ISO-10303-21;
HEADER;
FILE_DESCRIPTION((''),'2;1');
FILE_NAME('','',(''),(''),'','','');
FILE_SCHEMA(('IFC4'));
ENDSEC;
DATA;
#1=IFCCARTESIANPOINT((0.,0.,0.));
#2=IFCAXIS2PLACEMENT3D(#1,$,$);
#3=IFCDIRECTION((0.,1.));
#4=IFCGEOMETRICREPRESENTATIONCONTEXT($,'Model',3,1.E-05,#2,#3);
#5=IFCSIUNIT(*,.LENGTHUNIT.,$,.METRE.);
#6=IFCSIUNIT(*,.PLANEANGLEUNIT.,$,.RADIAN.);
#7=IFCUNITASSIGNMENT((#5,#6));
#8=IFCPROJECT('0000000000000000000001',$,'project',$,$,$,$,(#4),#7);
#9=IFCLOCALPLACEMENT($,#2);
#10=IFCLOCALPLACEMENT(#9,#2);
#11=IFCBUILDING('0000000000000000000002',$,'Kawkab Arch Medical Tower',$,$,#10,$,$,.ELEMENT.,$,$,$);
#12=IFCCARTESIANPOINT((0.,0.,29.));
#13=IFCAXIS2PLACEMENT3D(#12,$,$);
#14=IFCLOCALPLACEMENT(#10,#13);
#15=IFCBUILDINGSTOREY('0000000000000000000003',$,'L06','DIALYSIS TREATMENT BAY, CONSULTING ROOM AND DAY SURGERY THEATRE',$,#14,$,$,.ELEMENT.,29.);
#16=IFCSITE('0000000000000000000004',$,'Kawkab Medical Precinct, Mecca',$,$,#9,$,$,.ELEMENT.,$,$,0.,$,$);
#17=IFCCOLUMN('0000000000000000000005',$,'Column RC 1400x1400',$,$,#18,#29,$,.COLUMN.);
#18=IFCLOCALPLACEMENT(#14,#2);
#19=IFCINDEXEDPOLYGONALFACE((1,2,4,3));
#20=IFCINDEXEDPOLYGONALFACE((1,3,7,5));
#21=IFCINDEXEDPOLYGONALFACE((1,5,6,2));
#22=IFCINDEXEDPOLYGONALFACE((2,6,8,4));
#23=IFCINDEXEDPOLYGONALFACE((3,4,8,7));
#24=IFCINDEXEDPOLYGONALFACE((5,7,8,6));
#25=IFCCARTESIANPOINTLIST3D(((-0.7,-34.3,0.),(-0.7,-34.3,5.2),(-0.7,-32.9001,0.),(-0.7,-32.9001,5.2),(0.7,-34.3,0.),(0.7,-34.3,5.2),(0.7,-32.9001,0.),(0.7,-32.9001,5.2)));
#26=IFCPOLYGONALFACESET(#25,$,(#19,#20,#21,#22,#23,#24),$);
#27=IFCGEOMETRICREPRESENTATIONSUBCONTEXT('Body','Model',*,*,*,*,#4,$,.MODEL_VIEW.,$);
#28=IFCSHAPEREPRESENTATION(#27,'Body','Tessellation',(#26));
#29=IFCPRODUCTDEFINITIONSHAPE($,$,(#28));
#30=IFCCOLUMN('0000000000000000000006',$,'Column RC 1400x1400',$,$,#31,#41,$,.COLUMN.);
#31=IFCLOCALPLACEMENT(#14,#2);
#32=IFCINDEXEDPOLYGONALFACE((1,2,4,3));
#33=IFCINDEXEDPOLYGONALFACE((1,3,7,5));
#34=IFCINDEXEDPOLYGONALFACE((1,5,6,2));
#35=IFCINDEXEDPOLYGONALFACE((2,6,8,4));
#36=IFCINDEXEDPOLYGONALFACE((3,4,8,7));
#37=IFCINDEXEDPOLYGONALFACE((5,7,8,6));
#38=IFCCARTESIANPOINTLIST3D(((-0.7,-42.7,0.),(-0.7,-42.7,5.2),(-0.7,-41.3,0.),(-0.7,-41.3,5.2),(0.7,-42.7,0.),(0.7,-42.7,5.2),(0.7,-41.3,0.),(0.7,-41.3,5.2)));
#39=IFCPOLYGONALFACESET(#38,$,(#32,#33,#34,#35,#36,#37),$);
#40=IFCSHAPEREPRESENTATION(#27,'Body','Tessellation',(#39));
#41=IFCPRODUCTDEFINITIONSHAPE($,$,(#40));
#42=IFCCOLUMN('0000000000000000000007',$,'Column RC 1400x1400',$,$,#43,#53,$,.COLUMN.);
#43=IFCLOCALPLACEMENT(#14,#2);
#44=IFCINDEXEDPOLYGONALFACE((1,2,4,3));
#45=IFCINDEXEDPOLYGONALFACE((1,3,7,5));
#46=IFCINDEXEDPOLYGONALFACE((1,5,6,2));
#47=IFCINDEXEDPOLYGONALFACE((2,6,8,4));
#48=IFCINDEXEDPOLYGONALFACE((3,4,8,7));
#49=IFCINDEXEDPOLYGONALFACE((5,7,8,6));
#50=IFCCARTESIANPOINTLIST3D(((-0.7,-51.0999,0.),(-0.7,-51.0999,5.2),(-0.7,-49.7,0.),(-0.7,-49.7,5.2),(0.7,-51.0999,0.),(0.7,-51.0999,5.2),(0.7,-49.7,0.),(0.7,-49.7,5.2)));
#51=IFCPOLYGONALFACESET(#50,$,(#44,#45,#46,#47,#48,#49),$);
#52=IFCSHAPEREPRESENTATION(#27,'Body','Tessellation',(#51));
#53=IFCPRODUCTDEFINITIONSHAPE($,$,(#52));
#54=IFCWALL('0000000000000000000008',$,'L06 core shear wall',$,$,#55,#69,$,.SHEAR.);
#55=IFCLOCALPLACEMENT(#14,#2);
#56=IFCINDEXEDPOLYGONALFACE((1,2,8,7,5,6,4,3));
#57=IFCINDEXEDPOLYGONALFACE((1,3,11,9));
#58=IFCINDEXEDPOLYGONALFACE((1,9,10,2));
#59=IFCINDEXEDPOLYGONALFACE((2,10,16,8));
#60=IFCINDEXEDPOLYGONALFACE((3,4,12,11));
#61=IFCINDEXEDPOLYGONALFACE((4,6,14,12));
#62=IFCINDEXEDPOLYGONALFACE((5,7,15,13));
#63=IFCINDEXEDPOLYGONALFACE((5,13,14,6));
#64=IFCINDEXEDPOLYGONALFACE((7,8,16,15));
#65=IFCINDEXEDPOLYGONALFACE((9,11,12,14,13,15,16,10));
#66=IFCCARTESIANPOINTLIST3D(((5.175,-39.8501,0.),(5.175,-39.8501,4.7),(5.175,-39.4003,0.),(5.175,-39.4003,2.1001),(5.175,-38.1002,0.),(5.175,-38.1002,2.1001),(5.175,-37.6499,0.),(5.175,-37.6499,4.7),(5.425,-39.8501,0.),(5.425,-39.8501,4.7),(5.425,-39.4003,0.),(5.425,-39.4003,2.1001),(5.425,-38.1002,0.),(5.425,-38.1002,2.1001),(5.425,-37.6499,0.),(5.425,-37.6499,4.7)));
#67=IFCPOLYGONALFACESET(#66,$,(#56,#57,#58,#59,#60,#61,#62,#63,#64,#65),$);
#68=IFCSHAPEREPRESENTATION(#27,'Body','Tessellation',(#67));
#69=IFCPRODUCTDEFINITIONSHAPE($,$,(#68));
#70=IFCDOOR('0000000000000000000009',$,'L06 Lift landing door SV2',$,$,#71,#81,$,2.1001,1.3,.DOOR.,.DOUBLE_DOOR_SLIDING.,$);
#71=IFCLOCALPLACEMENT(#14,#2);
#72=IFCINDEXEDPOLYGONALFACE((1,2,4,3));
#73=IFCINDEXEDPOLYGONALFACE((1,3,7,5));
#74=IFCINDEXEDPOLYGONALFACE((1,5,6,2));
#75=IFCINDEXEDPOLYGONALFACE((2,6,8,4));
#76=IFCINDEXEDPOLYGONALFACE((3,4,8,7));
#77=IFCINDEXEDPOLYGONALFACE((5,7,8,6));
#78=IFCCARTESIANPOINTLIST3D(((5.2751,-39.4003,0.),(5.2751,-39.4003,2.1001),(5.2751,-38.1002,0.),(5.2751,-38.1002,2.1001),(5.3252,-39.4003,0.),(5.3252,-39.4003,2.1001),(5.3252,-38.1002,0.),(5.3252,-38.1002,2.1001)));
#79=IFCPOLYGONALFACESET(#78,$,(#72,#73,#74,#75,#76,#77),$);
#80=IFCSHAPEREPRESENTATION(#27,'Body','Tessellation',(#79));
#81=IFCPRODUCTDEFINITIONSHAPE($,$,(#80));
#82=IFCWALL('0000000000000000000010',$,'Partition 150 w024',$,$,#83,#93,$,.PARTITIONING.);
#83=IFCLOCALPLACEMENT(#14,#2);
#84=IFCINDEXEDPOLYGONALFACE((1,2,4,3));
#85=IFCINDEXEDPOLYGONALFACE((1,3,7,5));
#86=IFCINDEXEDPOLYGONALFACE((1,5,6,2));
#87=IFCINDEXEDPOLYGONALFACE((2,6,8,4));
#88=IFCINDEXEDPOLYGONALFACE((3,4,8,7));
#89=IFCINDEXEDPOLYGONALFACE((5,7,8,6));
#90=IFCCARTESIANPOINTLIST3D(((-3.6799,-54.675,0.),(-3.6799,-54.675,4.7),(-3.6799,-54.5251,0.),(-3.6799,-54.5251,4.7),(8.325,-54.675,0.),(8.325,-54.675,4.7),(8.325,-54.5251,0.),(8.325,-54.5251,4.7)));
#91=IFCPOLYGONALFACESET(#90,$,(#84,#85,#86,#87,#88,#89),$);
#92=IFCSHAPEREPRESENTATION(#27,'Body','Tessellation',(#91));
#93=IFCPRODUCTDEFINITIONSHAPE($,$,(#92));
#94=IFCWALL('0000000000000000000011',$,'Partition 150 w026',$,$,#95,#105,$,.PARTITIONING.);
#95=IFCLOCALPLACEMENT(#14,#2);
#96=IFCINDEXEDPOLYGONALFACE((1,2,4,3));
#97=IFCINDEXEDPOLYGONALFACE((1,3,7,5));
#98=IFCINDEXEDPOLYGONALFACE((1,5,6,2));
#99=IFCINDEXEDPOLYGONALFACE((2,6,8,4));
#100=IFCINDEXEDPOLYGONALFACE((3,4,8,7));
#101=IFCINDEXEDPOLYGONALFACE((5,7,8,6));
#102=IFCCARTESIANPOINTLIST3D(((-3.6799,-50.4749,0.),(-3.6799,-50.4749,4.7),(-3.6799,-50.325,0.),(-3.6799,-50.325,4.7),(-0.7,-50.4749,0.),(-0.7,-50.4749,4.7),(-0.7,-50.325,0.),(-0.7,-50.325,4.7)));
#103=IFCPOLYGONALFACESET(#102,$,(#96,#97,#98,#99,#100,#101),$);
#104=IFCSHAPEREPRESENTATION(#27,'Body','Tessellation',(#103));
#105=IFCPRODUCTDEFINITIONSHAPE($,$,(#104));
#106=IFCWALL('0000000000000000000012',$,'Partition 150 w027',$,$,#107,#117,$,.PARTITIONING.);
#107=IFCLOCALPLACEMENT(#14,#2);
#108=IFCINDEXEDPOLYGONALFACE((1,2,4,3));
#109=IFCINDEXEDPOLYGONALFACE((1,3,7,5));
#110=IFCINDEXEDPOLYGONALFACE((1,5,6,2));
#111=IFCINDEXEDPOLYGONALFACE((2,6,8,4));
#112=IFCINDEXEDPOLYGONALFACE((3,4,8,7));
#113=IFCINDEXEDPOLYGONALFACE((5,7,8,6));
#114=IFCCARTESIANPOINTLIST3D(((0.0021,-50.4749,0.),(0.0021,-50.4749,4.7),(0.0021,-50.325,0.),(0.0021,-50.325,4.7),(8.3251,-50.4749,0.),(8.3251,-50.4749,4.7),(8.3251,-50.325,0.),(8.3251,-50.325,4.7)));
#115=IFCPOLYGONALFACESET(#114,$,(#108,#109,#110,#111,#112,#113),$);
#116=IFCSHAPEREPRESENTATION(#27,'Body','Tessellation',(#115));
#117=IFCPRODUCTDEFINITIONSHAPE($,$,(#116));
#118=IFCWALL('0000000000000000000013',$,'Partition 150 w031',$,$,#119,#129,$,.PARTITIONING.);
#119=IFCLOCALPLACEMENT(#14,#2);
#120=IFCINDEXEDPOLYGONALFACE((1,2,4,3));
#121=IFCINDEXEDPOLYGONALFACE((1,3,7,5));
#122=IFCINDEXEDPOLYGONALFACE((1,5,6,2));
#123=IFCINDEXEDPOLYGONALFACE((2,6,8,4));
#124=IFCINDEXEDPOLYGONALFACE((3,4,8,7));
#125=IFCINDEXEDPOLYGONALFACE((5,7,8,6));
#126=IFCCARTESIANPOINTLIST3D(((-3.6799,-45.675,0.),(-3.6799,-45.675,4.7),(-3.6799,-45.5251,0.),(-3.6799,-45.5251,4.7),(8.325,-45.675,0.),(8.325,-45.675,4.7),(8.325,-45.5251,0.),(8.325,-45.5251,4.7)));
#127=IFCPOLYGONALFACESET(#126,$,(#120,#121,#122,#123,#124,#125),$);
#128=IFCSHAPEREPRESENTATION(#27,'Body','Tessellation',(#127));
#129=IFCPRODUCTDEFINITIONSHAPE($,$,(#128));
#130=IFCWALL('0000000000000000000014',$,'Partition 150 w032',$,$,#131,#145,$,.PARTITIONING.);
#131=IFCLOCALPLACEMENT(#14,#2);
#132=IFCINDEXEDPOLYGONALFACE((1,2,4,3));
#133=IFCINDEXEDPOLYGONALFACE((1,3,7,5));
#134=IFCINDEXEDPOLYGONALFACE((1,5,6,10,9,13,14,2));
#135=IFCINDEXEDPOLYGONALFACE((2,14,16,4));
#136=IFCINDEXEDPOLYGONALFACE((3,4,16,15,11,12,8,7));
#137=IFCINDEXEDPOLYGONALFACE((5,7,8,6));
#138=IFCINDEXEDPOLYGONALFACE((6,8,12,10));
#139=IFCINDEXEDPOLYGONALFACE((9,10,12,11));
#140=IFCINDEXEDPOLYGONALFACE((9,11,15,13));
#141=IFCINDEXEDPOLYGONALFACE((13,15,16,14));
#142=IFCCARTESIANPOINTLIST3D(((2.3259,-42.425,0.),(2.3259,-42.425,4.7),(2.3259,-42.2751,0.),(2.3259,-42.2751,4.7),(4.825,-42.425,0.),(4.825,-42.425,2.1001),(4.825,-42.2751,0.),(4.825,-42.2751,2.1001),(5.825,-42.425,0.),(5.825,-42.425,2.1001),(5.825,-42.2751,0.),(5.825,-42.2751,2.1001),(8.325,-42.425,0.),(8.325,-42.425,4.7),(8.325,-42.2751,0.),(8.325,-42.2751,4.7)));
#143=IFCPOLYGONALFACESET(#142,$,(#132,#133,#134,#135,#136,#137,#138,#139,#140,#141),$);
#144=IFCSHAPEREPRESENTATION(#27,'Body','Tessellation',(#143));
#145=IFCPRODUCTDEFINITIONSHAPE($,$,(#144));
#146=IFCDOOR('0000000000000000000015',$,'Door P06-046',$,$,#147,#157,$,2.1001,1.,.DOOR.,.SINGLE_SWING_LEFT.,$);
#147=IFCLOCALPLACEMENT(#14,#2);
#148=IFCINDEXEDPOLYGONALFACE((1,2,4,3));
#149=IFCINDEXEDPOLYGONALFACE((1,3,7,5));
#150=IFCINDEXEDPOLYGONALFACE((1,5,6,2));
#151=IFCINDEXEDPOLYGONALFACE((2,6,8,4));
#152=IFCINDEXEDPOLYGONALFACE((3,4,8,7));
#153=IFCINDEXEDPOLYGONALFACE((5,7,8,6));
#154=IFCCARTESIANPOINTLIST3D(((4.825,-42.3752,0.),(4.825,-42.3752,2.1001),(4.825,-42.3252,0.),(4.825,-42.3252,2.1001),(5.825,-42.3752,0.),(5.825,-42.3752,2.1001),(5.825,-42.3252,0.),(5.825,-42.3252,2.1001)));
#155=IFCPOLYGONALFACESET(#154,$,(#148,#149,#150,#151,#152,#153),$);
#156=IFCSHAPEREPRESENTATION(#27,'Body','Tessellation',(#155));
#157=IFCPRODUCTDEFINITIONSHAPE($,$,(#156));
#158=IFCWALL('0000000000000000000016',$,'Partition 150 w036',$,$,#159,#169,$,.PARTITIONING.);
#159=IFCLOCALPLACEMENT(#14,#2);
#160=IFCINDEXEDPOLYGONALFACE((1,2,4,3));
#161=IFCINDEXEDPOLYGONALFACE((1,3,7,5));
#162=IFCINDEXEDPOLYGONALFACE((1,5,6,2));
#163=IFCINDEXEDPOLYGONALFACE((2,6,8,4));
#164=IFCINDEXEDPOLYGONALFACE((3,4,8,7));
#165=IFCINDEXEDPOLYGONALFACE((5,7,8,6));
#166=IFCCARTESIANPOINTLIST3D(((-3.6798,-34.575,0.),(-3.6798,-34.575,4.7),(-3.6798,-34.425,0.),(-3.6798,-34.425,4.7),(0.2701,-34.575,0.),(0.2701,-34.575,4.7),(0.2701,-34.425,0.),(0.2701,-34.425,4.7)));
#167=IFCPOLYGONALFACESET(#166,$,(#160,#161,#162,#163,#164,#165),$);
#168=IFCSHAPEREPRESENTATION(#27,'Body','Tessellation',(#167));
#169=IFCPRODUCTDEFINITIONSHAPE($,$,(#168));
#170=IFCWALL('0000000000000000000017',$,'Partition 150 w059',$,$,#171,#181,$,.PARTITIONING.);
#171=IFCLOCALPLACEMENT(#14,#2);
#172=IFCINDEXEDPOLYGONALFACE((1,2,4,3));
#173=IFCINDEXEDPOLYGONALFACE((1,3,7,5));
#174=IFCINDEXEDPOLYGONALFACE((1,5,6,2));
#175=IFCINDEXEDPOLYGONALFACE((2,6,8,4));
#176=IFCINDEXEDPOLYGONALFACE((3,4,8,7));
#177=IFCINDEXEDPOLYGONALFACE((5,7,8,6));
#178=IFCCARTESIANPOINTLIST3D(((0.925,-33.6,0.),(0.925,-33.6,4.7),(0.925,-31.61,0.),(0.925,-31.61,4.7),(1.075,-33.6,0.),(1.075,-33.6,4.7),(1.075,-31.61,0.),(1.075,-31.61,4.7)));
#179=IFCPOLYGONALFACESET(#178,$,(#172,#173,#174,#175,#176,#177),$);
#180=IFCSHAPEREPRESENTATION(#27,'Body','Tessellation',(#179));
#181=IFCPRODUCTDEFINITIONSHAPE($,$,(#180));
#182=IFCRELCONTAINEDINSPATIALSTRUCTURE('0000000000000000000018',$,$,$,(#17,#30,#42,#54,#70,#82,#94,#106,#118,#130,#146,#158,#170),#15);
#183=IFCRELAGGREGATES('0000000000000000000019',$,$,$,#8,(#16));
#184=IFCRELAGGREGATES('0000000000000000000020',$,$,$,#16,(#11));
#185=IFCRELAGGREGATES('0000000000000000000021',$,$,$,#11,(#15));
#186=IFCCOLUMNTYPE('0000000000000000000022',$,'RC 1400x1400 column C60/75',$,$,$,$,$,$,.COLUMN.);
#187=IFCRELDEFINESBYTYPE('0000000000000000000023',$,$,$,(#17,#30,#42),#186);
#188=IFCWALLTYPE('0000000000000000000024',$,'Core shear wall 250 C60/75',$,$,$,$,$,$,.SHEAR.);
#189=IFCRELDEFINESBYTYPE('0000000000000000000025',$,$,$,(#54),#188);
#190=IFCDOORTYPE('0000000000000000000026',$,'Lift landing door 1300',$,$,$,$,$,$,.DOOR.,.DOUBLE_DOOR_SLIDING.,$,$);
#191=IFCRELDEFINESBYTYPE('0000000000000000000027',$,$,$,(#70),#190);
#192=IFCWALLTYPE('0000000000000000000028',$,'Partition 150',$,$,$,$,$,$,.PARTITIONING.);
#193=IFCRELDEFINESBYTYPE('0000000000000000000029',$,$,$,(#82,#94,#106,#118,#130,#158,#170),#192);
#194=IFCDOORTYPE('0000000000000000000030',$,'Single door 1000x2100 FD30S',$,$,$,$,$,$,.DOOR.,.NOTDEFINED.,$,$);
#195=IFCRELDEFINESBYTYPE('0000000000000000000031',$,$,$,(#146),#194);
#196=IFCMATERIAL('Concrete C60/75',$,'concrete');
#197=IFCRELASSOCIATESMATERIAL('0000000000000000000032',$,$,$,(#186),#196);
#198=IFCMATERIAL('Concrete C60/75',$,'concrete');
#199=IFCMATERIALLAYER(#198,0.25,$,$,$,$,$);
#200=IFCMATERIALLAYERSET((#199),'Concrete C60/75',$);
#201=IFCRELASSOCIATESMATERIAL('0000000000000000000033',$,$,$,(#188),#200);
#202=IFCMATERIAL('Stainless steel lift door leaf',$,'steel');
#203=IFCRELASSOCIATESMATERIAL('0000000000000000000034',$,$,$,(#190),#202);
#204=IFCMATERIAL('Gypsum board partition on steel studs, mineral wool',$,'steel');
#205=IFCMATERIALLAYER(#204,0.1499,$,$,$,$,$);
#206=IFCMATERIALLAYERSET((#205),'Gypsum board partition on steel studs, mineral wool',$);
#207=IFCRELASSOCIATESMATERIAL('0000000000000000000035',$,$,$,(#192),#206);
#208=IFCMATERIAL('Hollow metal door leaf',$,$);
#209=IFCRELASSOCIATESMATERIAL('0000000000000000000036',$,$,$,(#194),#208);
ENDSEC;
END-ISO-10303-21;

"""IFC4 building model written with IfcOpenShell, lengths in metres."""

from ifc_helpers import new_model, si_unit, direction, frame, frame_2d, origin, origin_2d, place, context, subcontext, project, spatial, rectangle, extrude, material, layer, layer_set, material_profile, profile_set, type_object, element, fill, save


model = new_model("IFC4")

# Units and contexts
model_context = context("Model", 3, precision=1e-05, world=origin(), true_north=direction((0.0, 1.0)))
body_context = subcontext(model_context, "Body", "Model", "MODEL_VIEW")
ifc_project = project(units=[si_unit("LENGTHUNIT", "METRE"), si_unit("PLANEANGLEUNIT", "RADIAN")], contexts=[model_context])

# Site, building, storey
site_placement = place(None, origin())
site = spatial("IfcSite", under=ifc_project, at=site_placement, Name="Kawkab Medical Precinct, Mecca", CompositionType="ELEMENT", RefElevation=0.0)
building_placement = place(site_placement, origin())
building = spatial("IfcBuilding", under=site, at=building_placement, Name="Kawkab Arch Medical Tower", CompositionType="ELEMENT")
storey_placement = place(building_placement, frame((0.0, 0.0, 29.0)))
storey = spatial("IfcBuildingStorey", under=building, at=storey_placement, Name="L06", Description="DIALYSIS TREATMENT BAY, CONSULTING ROOM AND DAY SURGERY THEATRE", CompositionType="ELEMENT", Elevation=29.0)

# Columns
ifc_material_1 = material(Name="Concrete C60/75", Category="concrete")
ifc_material_profile = material_profile(ifc_material_1, rectangle(XDim=1.3999, YDim=1.3999, at=origin_2d()), Name="RC 1400x1400")
ifc_profile_set = profile_set([ifc_material_profile], Name="Concrete C60/75")
column_type = type_object("IfcColumnType", Name="RC 1400x1400 column C60/75", PredefinedType="COLUMN", material=ifc_profile_set)
for number, where, z_axis, x_axis, name in (
    (1, (0.0, -33.6001, 0.0), (0.0, 0.0, 1.0), (1.0, 0.0, 0.0), "Column RC 1400x1400"),
    (2, (0.0, -42.0, 0.0), (0.0, 0.0, 1.0), (1.0, 0.0, 0.0), "Column RC 1400x1400"),
    (3, (0.0, -50.3999, 0.0), (0.0, 0.0, 1.0), (1.0, 0.0, 0.0), "Column RC 1400x1400"),
):
    element("IfcColumn", number, at=place(storey_placement, frame(where, z_axis=z_axis, x_axis=x_axis)), inside=storey, type_object=column_type, Name=name, PredefinedType="COLUMN", context=body_context, shape_type="SweptSolid", body=[
        extrude(rectangle(XDim=1.3999, YDim=1.3999, at=origin_2d()), origin(), (0.0, 0.0, 1.0), 5.2),
    ])

# Wall, opening, door
ifc_material_2 = material(Name="Concrete C60/75", Category="concrete")
ifc_layer_1 = layer(ifc_material_2, 0.25)
ifc_layer_set_1 = layer_set([ifc_layer_1], Name="Concrete C60/75")
wall_type_1 = type_object("IfcWallType", Name="Core shear wall 250 C60/75", PredefinedType="SHEAR", material=ifc_layer_set_1)
wall_1_placement = place(storey_placement, frame((5.3, -39.8501, 0.0), z_axis=(0.0, 0.0, 1.0), x_axis=(0.0, 1.0, 0.0)))
wall_1 = element("IfcWall", 4, at=wall_1_placement, inside=storey, type_object=wall_type_1, Name="L06 core shear wall", PredefinedType="SHEAR", context=body_context, shape_type="SweptSolid", body=[
    extrude(rectangle(XDim=2.2002, YDim=0.25, at=frame_2d((1.1001, 0.0))), origin(), (0.0, 0.0, 1.0), 4.7),
])
opening_1_placement = place(wall_1_placement, frame((0.45, 0.0, 0.0)))
opening_1 = element("IfcOpeningElement", 5, at=opening_1_placement, cuts=wall_1, PredefinedType="OPENING", context=body_context, shape_type="SweptSolid", body=[
    extrude(rectangle(XDim=1.3, YDim=2.1001, at=frame_2d((0.6499, 1.05))), frame((0.0, 0.135, 0.0), z_axis=(0.0, -1.0, 0.0), x_axis=(1.0, 0.0, 0.0)), (0.0, 0.0, 1.0), 0.27),
])
ifc_material_3 = material(Name="Stainless steel lift door leaf", Category="steel")
door_type_1 = type_object("IfcDoorType", Name="Lift landing door 1300", OperationType="DOUBLE_DOOR_SLIDING", PredefinedType="DOOR", material=ifc_material_3)
door_1_placement = place(opening_1_placement, origin())
door_1 = element("IfcDoor", 6, at=door_1_placement, inside=storey, type_object=door_type_1, Name="L06 Lift landing door SV2", OperationType="DOUBLE_DOOR_SLIDING", OverallHeight=2.1001, OverallWidth=1.3, PredefinedType="DOOR", context=body_context, shape_type="SweptSolid", body=[
    extrude(rectangle(XDim=1.3, YDim=2.1001, at=frame_2d((0.6499, 1.05))), frame((0.0, 0.0249, 0.0), z_axis=(0.0, -1.0, 0.0), x_axis=(1.0, 0.0, 0.0)), (0.0, 0.0, 1.0), 0.05),
])
fill(opening_1, door_1)

# Walls
ifc_material_4 = material(Name="Gypsum board partition on steel studs, mineral wool", Category="steel")
ifc_layer_2 = layer(ifc_material_4, 0.1499)
ifc_layer_set_2 = layer_set([ifc_layer_2], Name="Gypsum board partition on steel studs, mineral wool")
wall_type_2 = type_object("IfcWallType", Name="Partition 150", PredefinedType="PARTITIONING", material=ifc_layer_set_2)
wall_2_placement = place(storey_placement, frame((-3.6799, -54.6001, 0.0), z_axis=(0.0, 0.0, 1.0), x_axis=(1.0, 0.0, 0.0)))
element("IfcWall", 7, at=wall_2_placement, inside=storey, type_object=wall_type_2, Name="Partition 150 w024", PredefinedType="PARTITIONING", context=body_context, shape_type="SweptSolid", body=[
    extrude(rectangle(XDim=12.0049, YDim=0.1499, at=frame_2d((6.0024, 0.0))), origin(), (0.0, 0.0, 1.0), 4.7),
])
wall_3_placement = place(storey_placement, frame((-3.6799, -50.3999, 0.0), z_axis=(0.0, 0.0, 1.0), x_axis=(1.0, 0.0, 0.0)))
element("IfcWall", 8, at=wall_3_placement, inside=storey, type_object=wall_type_2, Name="Partition 150 w026", PredefinedType="PARTITIONING", context=body_context, shape_type="SweptSolid", body=[
    extrude(rectangle(XDim=2.98, YDim=0.1499, at=frame_2d((1.49, 0.0))), origin(), (0.0, 0.0, 1.0), 4.7),
])
wall_4_placement = place(storey_placement, frame((0.002, -50.3999, 0.0), z_axis=(0.0, 0.0, 1.0), x_axis=(1.0, 0.0, 0.0)))
element("IfcWall", 9, at=wall_4_placement, inside=storey, type_object=wall_type_2, Name="Partition 150 w027", PredefinedType="PARTITIONING", context=body_context, shape_type="SweptSolid", body=[
    extrude(rectangle(XDim=8.323, YDim=0.1499, at=frame_2d((4.1616, 0.0))), origin(), (0.0, 0.0, 1.0), 4.7),
])
wall_5_placement = place(storey_placement, frame((-3.6799, -45.6001, 0.0), z_axis=(0.0, 0.0, 1.0), x_axis=(1.0, 0.0, 0.0)))
element("IfcWall", 10, at=wall_5_placement, inside=storey, type_object=wall_type_2, Name="Partition 150 w031", PredefinedType="PARTITIONING", context=body_context, shape_type="SweptSolid", body=[
    extrude(rectangle(XDim=12.0049, YDim=0.1499, at=frame_2d((6.0024, 0.0))), origin(), (0.0, 0.0, 1.0), 4.7),
])

# Wall, opening, door
wall_6_placement = place(storey_placement, frame((2.3259, -42.3501, 0.0), z_axis=(0.0, 0.0, 1.0), x_axis=(1.0, 0.0, 0.0)))
wall_6 = element("IfcWall", 11, at=wall_6_placement, inside=storey, type_object=wall_type_2, Name="Partition 150 w032", PredefinedType="PARTITIONING", context=body_context, shape_type="SweptSolid", body=[
    extrude(rectangle(XDim=5.999, YDim=0.1499, at=frame_2d((2.9995, 0.0))), origin(), (0.0, 0.0, 1.0), 4.7),
])
opening_2_placement = place(wall_6_placement, frame((2.499, 0.0, 0.0)))
opening_2 = element("IfcOpeningElement", 12, at=opening_2_placement, cuts=wall_6, PredefinedType="OPENING", context=body_context, shape_type="SweptSolid", body=[
    extrude(rectangle(XDim=1.0, YDim=2.1001, at=frame_2d((0.5, 1.05))), frame((0.0, 0.085, 0.0), z_axis=(0.0, -1.0, 0.0), x_axis=(1.0, 0.0, 0.0)), (0.0, 0.0, 1.0), 0.1699),
])
ifc_material_5 = material(Name="Hollow metal door leaf")
door_type_2 = type_object("IfcDoorType", Name="Single door 1000x2100 FD30S", OperationType="NOTDEFINED", PredefinedType="DOOR", material=ifc_material_5)
door_2_placement = place(opening_2_placement, origin())
door_2 = element("IfcDoor", 13, at=door_2_placement, inside=storey, type_object=door_type_2, Name="Door P06-046", OperationType="SINGLE_SWING_LEFT", OverallHeight=2.1001, OverallWidth=1.0, PredefinedType="DOOR", context=body_context, shape_type="SweptSolid", body=[
    extrude(rectangle(XDim=1.0, YDim=2.1001, at=frame_2d((0.5, 1.05))), frame((0.0, 0.0249, 0.0), z_axis=(0.0, -1.0, 0.0), x_axis=(1.0, 0.0, 0.0)), (0.0, 0.0, 1.0), 0.05),
])
fill(opening_2, door_2)

# Walls
wall_7_placement = place(storey_placement, frame((-3.6799, -34.5, 0.0), z_axis=(0.0, 0.0, 1.0), x_axis=(1.0, 0.0, 0.0)))
element("IfcWall", 14, at=wall_7_placement, inside=storey, type_object=wall_type_2, Name="Partition 150 w036", PredefinedType="PARTITIONING", context=body_context, shape_type="SweptSolid", body=[
    extrude(rectangle(XDim=3.95, YDim=0.1499, at=frame_2d((1.9751, 0.0))), origin(), (0.0, 0.0, 1.0), 4.7),
])
wall_8_placement = place(storey_placement, frame((1.0, -33.6001, 0.0), z_axis=(0.0, 0.0, 1.0), x_axis=(0.0, 1.0, 0.0)))
element("IfcWall", 15, at=wall_8_placement, inside=storey, type_object=wall_type_2, Name="Partition 150 w059", PredefinedType="PARTITIONING", context=body_context, shape_type="SweptSolid", body=[
    extrude(rectangle(XDim=1.99, YDim=0.1499, at=frame_2d((0.9951, 0.0))), origin(), (0.0, 0.0, 1.0), 4.7),
])

save(model, "model.ifc")
